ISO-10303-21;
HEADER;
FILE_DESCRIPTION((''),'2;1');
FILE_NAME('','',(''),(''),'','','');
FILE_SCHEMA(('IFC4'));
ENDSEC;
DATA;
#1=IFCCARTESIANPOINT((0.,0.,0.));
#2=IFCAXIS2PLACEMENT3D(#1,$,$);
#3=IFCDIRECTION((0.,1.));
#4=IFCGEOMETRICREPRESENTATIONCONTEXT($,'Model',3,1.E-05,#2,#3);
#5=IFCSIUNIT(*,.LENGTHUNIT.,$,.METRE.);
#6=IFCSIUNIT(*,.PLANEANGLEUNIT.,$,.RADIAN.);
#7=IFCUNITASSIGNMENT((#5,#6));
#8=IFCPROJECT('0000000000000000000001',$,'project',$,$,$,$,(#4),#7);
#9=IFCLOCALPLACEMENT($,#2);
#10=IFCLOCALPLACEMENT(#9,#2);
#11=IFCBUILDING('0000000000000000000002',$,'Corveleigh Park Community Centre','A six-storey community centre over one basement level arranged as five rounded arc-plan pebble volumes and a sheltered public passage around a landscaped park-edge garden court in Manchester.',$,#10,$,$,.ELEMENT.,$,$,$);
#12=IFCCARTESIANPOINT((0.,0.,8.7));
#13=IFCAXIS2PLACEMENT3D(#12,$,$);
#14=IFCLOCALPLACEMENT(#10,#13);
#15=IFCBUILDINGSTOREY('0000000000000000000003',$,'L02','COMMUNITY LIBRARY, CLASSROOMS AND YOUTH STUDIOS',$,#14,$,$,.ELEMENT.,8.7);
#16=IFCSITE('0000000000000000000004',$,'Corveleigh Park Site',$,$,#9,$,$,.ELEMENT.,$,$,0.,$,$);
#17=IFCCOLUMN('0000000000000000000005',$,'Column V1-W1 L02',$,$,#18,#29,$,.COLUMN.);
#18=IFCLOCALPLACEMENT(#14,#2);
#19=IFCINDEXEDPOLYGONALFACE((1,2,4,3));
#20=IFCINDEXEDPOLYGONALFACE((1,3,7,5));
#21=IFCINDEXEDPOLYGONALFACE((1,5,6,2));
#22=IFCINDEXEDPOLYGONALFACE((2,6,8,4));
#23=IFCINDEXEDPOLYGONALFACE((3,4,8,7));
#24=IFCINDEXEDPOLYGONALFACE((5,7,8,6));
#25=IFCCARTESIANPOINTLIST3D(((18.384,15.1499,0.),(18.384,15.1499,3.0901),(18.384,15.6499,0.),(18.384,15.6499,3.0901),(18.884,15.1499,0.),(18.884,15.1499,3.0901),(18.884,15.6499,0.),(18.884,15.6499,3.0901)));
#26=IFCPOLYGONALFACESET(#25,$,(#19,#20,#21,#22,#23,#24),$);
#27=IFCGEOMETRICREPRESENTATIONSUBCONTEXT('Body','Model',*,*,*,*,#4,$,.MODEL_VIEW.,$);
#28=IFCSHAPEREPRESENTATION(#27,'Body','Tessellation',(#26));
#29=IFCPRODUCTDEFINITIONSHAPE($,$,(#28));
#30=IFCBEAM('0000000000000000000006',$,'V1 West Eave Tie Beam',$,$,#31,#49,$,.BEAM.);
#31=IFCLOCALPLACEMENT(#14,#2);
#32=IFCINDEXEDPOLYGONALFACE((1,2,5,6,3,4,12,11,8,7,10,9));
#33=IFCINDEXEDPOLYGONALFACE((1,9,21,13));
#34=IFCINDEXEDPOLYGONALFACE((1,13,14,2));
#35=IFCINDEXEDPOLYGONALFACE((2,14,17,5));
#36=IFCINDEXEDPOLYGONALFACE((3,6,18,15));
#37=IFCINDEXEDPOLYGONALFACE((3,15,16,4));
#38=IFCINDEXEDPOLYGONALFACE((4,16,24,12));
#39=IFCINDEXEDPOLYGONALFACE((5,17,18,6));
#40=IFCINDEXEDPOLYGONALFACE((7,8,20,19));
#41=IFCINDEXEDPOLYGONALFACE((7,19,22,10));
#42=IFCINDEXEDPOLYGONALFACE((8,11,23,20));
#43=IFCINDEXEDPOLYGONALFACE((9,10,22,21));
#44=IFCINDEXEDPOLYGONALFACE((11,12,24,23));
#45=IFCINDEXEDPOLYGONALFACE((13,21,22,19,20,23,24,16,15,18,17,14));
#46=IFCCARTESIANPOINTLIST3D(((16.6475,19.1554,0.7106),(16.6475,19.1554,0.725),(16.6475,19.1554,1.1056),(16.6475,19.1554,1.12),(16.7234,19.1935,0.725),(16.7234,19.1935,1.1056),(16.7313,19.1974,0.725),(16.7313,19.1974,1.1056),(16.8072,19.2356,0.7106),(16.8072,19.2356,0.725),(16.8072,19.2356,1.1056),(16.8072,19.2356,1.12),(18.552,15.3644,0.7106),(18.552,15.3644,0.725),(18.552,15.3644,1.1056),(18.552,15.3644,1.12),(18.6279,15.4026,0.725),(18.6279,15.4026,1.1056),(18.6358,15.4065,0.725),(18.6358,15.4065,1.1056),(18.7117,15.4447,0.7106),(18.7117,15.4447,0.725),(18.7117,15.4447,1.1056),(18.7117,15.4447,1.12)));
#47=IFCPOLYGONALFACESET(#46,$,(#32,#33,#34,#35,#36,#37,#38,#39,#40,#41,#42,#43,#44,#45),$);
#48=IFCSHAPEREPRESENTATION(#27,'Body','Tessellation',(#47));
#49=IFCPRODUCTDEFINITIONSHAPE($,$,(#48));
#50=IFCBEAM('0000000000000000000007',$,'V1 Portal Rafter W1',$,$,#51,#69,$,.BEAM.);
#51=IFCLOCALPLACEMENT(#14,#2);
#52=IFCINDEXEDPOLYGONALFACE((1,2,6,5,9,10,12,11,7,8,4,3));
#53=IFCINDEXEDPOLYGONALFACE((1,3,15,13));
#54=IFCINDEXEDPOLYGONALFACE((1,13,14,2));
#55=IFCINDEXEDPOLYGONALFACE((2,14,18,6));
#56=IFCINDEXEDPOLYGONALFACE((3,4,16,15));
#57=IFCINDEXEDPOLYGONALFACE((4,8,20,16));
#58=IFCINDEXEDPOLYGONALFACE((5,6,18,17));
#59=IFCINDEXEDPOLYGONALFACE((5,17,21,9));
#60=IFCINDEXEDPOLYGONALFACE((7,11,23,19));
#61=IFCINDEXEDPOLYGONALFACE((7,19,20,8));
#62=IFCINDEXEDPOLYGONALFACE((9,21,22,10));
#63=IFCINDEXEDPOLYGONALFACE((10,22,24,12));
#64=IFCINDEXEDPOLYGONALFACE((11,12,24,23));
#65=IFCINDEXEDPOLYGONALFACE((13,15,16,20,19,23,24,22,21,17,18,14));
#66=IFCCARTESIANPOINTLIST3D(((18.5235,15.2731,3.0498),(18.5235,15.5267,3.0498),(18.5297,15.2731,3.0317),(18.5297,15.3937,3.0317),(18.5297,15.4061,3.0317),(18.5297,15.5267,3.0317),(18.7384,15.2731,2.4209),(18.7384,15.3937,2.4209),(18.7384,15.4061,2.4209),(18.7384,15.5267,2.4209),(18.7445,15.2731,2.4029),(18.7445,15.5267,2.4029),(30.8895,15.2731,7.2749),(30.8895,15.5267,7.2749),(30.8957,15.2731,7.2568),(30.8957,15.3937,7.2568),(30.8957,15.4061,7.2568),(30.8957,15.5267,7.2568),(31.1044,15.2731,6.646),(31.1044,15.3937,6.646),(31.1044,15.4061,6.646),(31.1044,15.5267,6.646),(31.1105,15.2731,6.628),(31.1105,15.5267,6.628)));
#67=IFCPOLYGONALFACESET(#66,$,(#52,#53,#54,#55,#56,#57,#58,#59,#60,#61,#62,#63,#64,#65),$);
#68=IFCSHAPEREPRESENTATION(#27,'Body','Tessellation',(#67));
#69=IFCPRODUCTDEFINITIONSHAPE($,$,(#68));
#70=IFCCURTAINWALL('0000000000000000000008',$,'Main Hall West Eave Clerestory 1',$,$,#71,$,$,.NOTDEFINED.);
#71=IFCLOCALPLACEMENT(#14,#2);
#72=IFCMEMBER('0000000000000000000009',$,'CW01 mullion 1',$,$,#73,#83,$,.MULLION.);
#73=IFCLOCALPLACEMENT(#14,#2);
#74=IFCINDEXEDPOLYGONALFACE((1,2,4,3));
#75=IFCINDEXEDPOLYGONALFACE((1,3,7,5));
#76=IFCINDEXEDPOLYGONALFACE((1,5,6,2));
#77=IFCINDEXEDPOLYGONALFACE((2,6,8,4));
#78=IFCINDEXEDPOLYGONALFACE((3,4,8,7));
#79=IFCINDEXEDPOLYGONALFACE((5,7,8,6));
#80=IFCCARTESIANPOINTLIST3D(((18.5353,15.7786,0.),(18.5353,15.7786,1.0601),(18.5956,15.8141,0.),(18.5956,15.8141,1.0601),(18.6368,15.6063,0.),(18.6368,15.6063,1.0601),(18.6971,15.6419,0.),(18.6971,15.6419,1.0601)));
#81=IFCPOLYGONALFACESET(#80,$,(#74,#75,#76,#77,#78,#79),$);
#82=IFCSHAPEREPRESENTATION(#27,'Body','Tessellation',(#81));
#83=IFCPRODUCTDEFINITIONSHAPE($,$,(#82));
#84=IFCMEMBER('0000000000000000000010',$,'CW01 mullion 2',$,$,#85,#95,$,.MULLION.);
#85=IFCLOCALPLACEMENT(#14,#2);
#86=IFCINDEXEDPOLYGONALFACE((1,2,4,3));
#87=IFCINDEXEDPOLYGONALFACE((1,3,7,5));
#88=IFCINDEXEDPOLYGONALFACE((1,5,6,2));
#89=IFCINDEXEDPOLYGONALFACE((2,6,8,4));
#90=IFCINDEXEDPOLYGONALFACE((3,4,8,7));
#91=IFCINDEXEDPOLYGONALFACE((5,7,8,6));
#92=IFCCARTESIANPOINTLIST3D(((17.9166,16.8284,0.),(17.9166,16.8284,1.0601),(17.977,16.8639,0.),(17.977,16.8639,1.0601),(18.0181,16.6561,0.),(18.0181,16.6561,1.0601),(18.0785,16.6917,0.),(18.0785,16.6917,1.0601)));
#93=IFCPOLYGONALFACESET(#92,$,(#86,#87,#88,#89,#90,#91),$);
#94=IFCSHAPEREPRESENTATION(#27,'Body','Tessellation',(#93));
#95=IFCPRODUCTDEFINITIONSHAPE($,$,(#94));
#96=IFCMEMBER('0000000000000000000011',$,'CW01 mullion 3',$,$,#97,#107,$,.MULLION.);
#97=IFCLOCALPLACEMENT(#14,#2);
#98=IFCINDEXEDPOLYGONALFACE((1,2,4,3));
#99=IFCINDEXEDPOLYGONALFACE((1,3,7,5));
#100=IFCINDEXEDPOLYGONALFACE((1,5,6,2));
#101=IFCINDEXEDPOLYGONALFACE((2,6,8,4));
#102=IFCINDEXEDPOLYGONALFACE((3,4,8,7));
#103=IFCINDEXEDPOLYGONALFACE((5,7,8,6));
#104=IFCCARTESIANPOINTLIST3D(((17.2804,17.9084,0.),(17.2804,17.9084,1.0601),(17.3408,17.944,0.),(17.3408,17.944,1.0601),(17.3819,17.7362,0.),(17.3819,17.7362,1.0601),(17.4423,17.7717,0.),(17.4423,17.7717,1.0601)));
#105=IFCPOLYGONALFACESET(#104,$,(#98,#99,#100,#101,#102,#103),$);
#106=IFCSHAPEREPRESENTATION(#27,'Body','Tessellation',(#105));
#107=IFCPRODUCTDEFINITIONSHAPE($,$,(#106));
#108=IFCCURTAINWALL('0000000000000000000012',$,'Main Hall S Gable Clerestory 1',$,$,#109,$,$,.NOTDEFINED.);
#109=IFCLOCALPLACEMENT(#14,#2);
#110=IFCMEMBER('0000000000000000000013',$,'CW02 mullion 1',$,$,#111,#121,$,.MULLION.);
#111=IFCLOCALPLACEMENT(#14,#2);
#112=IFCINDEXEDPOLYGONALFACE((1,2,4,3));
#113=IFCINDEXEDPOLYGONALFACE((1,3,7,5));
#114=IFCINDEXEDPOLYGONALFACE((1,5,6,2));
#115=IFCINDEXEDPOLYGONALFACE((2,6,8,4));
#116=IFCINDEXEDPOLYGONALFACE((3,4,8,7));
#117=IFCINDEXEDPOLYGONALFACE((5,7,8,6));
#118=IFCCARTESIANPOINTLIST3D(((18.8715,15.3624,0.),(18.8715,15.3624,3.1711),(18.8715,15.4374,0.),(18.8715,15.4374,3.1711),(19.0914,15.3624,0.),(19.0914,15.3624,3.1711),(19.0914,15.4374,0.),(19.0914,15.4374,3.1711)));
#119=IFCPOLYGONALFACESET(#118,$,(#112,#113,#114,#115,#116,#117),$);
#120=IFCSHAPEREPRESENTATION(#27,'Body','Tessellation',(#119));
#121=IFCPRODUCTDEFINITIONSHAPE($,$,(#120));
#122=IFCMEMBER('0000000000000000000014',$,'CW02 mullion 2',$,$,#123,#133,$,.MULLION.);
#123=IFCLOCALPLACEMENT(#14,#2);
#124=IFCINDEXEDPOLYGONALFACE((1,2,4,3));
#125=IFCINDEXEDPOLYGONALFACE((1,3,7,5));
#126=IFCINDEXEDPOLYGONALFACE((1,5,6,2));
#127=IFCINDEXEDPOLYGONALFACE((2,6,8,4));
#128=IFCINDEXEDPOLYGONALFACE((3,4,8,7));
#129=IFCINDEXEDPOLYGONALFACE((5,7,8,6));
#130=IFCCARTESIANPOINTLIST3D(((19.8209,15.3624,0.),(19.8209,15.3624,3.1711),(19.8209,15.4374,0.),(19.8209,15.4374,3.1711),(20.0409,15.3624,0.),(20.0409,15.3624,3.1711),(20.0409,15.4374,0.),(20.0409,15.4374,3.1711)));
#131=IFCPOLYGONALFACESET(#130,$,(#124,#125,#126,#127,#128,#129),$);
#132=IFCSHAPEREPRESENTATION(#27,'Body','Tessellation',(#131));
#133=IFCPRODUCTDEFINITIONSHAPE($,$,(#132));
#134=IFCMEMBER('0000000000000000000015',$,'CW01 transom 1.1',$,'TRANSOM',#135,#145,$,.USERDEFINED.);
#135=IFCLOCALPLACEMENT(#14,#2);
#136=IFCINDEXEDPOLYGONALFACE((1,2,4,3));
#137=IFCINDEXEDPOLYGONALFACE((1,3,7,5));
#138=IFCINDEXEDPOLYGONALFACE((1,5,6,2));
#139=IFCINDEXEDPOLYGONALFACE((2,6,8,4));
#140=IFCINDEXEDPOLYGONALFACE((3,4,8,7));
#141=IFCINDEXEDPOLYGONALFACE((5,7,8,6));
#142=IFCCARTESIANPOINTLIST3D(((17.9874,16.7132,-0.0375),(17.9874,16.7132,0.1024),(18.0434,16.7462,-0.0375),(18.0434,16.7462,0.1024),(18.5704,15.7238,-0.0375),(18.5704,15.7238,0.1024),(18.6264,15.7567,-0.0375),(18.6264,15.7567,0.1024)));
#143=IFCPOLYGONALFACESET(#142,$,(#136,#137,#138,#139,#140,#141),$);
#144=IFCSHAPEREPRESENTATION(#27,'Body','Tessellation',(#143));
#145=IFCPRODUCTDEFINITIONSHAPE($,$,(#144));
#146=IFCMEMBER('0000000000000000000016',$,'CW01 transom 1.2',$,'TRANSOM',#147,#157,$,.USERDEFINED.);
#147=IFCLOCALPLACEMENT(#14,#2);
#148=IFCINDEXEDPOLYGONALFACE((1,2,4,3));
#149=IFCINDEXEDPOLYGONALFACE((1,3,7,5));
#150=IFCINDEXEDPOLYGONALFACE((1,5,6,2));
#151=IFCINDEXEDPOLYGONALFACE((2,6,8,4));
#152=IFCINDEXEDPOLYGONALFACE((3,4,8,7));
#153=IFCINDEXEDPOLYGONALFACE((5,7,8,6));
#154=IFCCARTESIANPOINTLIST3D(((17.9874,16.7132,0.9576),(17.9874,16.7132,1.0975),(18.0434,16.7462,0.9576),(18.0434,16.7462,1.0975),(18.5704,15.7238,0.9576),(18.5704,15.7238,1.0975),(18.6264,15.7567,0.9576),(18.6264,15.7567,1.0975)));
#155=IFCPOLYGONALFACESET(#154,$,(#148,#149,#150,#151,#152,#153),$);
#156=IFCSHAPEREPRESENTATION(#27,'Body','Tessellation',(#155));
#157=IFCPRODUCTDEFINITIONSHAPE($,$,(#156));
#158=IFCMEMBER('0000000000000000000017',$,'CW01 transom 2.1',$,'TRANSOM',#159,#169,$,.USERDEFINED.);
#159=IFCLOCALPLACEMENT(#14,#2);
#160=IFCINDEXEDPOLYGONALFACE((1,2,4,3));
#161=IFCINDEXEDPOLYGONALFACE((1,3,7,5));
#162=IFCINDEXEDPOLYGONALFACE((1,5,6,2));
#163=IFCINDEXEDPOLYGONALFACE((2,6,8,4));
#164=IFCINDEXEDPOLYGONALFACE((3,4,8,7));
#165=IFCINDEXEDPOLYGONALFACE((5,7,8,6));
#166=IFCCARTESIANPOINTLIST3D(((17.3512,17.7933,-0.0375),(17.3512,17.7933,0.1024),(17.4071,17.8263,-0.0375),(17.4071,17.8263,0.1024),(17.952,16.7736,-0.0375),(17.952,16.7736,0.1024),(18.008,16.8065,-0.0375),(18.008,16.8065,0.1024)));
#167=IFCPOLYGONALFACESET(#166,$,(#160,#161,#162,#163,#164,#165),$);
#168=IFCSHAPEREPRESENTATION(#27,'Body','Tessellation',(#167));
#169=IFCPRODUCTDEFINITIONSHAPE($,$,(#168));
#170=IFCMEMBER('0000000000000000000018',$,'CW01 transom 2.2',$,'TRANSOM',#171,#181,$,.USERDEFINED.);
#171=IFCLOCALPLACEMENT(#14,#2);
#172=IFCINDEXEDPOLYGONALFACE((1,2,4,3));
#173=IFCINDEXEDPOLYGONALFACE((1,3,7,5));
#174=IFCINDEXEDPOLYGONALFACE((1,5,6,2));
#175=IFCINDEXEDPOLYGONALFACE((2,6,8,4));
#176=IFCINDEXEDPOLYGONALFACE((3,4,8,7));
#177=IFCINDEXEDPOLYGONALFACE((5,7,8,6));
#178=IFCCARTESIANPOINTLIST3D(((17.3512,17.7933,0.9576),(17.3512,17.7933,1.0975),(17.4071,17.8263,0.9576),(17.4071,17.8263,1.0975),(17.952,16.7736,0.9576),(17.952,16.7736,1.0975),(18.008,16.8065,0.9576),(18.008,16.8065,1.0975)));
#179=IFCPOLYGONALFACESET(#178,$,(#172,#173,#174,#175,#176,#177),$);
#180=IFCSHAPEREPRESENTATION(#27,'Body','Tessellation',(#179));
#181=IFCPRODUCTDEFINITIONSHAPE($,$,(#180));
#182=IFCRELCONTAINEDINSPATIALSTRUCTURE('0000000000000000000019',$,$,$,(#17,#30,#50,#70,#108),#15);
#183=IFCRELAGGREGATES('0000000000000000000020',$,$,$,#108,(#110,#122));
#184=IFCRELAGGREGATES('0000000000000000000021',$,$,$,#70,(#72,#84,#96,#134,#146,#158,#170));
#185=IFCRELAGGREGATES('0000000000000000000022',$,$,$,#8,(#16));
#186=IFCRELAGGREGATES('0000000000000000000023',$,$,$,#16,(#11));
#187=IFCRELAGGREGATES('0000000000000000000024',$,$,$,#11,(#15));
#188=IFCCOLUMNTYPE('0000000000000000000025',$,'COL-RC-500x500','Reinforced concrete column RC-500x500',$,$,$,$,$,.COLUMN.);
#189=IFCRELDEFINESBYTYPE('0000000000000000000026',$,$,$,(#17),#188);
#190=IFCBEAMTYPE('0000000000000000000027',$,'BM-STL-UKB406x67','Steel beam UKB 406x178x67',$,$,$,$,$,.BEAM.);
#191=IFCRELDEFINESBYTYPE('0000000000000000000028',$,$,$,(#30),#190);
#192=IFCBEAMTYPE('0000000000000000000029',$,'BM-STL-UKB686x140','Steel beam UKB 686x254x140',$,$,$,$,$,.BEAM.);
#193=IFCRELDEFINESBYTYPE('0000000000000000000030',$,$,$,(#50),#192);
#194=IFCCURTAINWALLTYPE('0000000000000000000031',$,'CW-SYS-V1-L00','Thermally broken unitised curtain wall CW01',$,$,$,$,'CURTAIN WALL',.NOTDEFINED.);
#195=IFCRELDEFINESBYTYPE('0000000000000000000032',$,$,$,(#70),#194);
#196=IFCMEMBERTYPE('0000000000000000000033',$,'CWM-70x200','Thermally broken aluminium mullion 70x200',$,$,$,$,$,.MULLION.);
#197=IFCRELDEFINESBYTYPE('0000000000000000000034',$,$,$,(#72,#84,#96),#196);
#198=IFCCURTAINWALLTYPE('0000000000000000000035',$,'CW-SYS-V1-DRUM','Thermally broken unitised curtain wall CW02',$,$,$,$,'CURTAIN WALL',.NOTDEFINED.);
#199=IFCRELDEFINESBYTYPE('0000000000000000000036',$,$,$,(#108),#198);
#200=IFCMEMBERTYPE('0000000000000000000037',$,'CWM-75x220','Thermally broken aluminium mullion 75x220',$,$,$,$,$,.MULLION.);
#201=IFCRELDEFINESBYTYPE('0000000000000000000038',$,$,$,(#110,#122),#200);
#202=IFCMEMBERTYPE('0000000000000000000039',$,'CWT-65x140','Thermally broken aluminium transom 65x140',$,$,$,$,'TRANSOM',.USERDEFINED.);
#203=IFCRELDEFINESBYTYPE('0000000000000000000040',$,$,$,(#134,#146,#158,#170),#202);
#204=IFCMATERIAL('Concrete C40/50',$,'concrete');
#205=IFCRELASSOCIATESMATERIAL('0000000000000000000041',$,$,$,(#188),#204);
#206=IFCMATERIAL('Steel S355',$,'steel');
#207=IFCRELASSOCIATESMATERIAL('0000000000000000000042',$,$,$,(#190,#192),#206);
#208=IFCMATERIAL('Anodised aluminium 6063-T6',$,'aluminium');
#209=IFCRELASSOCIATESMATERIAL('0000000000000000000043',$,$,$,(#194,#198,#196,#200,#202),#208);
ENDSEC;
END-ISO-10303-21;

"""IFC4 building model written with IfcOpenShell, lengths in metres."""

from ifc_helpers import new_model, si_unit, direction, frame, origin, origin_2d, place, context, subcontext, project, spatial, rectangle, i_section, extrude, material, material_profile, profile_set, type_object, element, aggregate, save


model = new_model("IFC4")

# Units and contexts
model_context = context("Model", 3, precision=1e-05, world=origin(), true_north=direction((0.0, 1.0)))
body_context = subcontext(model_context, "Body", "Model", "MODEL_VIEW")
ifc_project = project(units=[si_unit("LENGTHUNIT", "METRE"), si_unit("PLANEANGLEUNIT", "RADIAN")], contexts=[model_context])

# Site, building, storey
site_placement = place(None, origin())
site = spatial("IfcSite", under=ifc_project, at=site_placement, Name="Corveleigh Park Site", CompositionType="ELEMENT", RefElevation=0.0)
building_placement = place(site_placement, origin())
building = spatial("IfcBuilding", under=site, at=building_placement, Name="Corveleigh Park Community Centre", Description="A six-storey community centre over one basement level arranged as five rounded arc-plan pebble volumes and a sheltered public passage around a landscaped park-edge garden court in Manchester.", CompositionType="ELEMENT")
storey_placement = place(building_placement, frame((0.0, 0.0, 8.7)))
storey = spatial("IfcBuildingStorey", under=building, at=storey_placement, Name="L02", Description="COMMUNITY LIBRARY, CLASSROOMS AND YOUTH STUDIOS", CompositionType="ELEMENT", Elevation=8.7)

# Column
ifc_material_1 = material(Name="Concrete C40/50", Category="concrete")
ifc_material_profile_1 = material_profile(ifc_material_1, rectangle(XDim=0.5, YDim=0.5, at=origin_2d()), Name="RC-500x500", Category="concrete")
ifc_profile_set_1 = profile_set([ifc_material_profile_1], Name="Concrete C40/50")
column_type = type_object("IfcColumnType", Name="COL-RC-500x500", Description="Reinforced concrete column RC-500x500", PredefinedType="COLUMN", material=ifc_profile_set_1)
column_placement = place(storey_placement, frame((18.634, 15.3999, 0.0), z_axis=(0.0, 0.0, 1.0), x_axis=(1.0, 0.0, 0.0)))
element("IfcColumn", 1, at=column_placement, inside=storey, type_object=column_type, Name="Column V1-W1 L02", PredefinedType="COLUMN", context=body_context, shape_type="SweptSolid", body=[
    extrude(rectangle(XDim=0.5, YDim=0.5, at=origin_2d()), origin(), (0.0, 0.0, 1.0), 3.0901),
])

# Beams
ifc_material_2 = material(Name="Steel S355", Category="steel")
ifc_material_profile_2 = material_profile(ifc_material_2, i_section(OverallWidth=0.1787, OverallDepth=0.4094, WebThickness=0.0088, FlangeThickness=0.0144, at=origin_2d()), Name="UKB 406x178x67", Category="steel")
ifc_profile_set_2 = profile_set([ifc_material_profile_2], Name="Steel S355")
beam_type_1 = type_object("IfcBeamType", Name="BM-STL-UKB406x67", Description="Steel beam UKB 406x178x67", PredefinedType="BEAM", material=ifc_profile_set_2)
beam_1_placement = place(storey_placement, frame((18.6318, 15.4045, 0.9153), z_axis=(-0.448916, 0.893574, 0.0), x_axis=(-0.893574, -0.448916, 0.0)))
element("IfcBeam", 2, at=beam_1_placement, inside=storey, type_object=beam_type_1, Name="V1 West Eave Tie Beam", PredefinedType="BEAM", context=body_context, shape_type="SweptSolid", body=[
    extrude(i_section(OverallWidth=0.1787, OverallDepth=0.4094, WebThickness=0.0088, FlangeThickness=0.0144, at=origin_2d()), origin(), (0.0, 0.0, 1.0), 4.2424),
])
ifc_material_profile_3 = material_profile(ifc_material_2, i_section(OverallWidth=0.2537, OverallDepth=0.6836, WebThickness=0.0125, FlangeThickness=0.019, at=origin_2d()), Name="UKB 686x254x140", Category="steel")
ifc_profile_set_3 = profile_set([ifc_material_profile_3], Name="Steel S355")
beam_type_2 = type_object("IfcBeamType", Name="BM-STL-UKB686x140", Description="Steel beam UKB 686x254x140", PredefinedType="BEAM", material=ifc_profile_set_3)
beam_2_placement = place(storey_placement, frame((18.634, 15.3999, 2.7263), z_axis=(0.94629, 0.0, 0.32332), x_axis=(0.0, 1.0, 0.0)))
element("IfcBeam", 3, at=beam_2_placement, inside=storey, type_object=beam_type_2, Name="V1 Portal Rafter W1", PredefinedType="BEAM", context=body_context, shape_type="SweptSolid", body=[
    extrude(i_section(OverallWidth=0.2537, OverallDepth=0.6836, WebThickness=0.0125, FlangeThickness=0.019, at=origin_2d()), origin(), (0.0, 0.0, 1.0), 13.0679),
])

# Curtain walls, members
ifc_material_3 = material(Name="Anodised aluminium 6063-T6", Category="aluminium")
curtain_wall_type_1 = type_object("IfcCurtainWallType", Name="CW-SYS-V1-L00", Description="Thermally broken unitised curtain wall CW01", ElementType="CURTAIN WALL", PredefinedType="NOTDEFINED", material=ifc_material_3)
curtain_wall_1_placement = place(storey_placement, origin())
curtain_wall_1 = element("IfcCurtainWall", 4, at=curtain_wall_1_placement, inside=storey, type_object=curtain_wall_type_1, Name="Main Hall West Eave Clerestory 1", PredefinedType="NOTDEFINED")
ifc_material_profile_4 = material_profile(ifc_material_3, rectangle(XDim=0.0701, YDim=0.2, at=origin_2d()), Name="ALU-M70x200", Category="aluminium")
ifc_profile_set_4 = profile_set([ifc_material_profile_4], Name="Anodised aluminium 6063-T6")
member_type_1 = type_object("IfcMemberType", Name="CWM-70x200", Description="Thermally broken aluminium mullion 70x200", PredefinedType="MULLION", material=ifc_profile_set_4)
member_1_placement = place(storey_placement, frame((18.6162, 15.7102, 0.0), z_axis=(0.0, 0.0, 1.0), x_axis=(-0.861572, -0.507636, 0.0)))
member_1 = element("IfcMember", 5, at=member_1_placement, type_object=member_type_1, Name="CW01 mullion 1", PredefinedType="MULLION", context=body_context, shape_type="SweptSolid", body=[
    extrude(rectangle(XDim=0.0701, YDim=0.2, at=origin_2d()), origin(), (0.0, 0.0, 1.0), 1.0601),
])
member_2_placement = place(storey_placement, frame((17.9976, 16.76, 0.0), z_axis=(0.0, 0.0, 1.0), x_axis=(-0.861572, -0.507636, 0.0)))
member_2 = element("IfcMember", 6, at=member_2_placement, type_object=member_type_1, Name="CW01 mullion 2", PredefinedType="MULLION", context=body_context, shape_type="SweptSolid", body=[
    extrude(rectangle(XDim=0.0701, YDim=0.2, at=origin_2d()), origin(), (0.0, 0.0, 1.0), 1.0601),
])
member_3_placement = place(storey_placement, frame((17.3613, 17.8401, 0.0), z_axis=(0.0, 0.0, 1.0), x_axis=(-0.861572, -0.507636, 0.0)))
member_3 = element("IfcMember", 7, at=member_3_placement, type_object=member_type_1, Name="CW01 mullion 3", PredefinedType="MULLION", context=body_context, shape_type="SweptSolid", body=[
    extrude(rectangle(XDim=0.0701, YDim=0.2, at=origin_2d()), origin(), (0.0, 0.0, 1.0), 1.0601),
])
curtain_wall_type_2 = type_object("IfcCurtainWallType", Name="CW-SYS-V1-DRUM", Description="Thermally broken unitised curtain wall CW02", ElementType="CURTAIN WALL", PredefinedType="NOTDEFINED", material=ifc_material_3)
curtain_wall_2_placement = place(storey_placement, origin())
curtain_wall_2 = element("IfcCurtainWall", 8, at=curtain_wall_2_placement, inside=storey, type_object=curtain_wall_type_2, Name="Main Hall S Gable Clerestory 1", PredefinedType="NOTDEFINED")
ifc_material_profile_5 = material_profile(ifc_material_3, rectangle(XDim=0.075, YDim=0.22, at=origin_2d()), Name="ALU-M75x220", Category="aluminium")
ifc_profile_set_5 = profile_set([ifc_material_profile_5], Name="Anodised aluminium 6063-T6")
member_type_2 = type_object("IfcMemberType", Name="CWM-75x220", Description="Thermally broken aluminium mullion 75x220", PredefinedType="MULLION", material=ifc_profile_set_5)
member_4_placement = place(storey_placement, frame((18.9814, 15.3999, 0.0), z_axis=(0.0, 0.0, 1.0), x_axis=(0.0, 1.0, 0.0)))
member_4 = element("IfcMember", 9, at=member_4_placement, type_object=member_type_2, Name="CW02 mullion 1", PredefinedType="MULLION", context=body_context, shape_type="SweptSolid", body=[
    extrude(rectangle(XDim=0.075, YDim=0.22, at=origin_2d()), origin(), (0.0, 0.0, 1.0), 3.1711),
])
member_5_placement = place(storey_placement, frame((19.9309, 15.3999, 0.0), z_axis=(0.0, 0.0, 1.0), x_axis=(0.0, 1.0, 0.0)))
member_5 = element("IfcMember", 10, at=member_5_placement, type_object=member_type_2, Name="CW02 mullion 2", PredefinedType="MULLION", context=body_context, shape_type="SweptSolid", body=[
    extrude(rectangle(XDim=0.075, YDim=0.22, at=origin_2d()), origin(), (0.0, 0.0, 1.0), 3.1711),
])

# Members
ifc_material_profile_6 = material_profile(ifc_material_3, rectangle(XDim=0.0649, YDim=0.1399, at=origin_2d()), Name="ALU-T65x140", Category="aluminium")
ifc_profile_set_6 = profile_set([ifc_material_profile_6], Name="Anodised aluminium 6063-T6")
member_type_3 = type_object("IfcMemberType", Name="CWT-65x140", Description="Thermally broken aluminium transom 65x140", ElementType="TRANSOM", PredefinedType="USERDEFINED", material=ifc_profile_set_6)
member_6_placement = place(storey_placement, frame((18.5984, 15.7402, 0.0325), z_axis=(-0.507633, 0.861573, 0.0), x_axis=(-0.861573, -0.507633, 0.0)))
member_6 = element("IfcMember", 11, at=member_6_placement, type_object=member_type_3, Name="CW01 transom 1.1", ObjectType="TRANSOM", PredefinedType="USERDEFINED", context=body_context, shape_type="SweptSolid", body=[
    extrude(rectangle(XDim=0.0649, YDim=0.1399, at=origin_2d()), origin(), (0.0, 0.0, 1.0), 1.1484),
])
member_7_placement = place(storey_placement, frame((18.5984, 15.7402, 1.0276), z_axis=(-0.507633, 0.861573, 0.0), x_axis=(-0.861573, -0.507633, 0.0)))
member_7 = element("IfcMember", 12, at=member_7_placement, type_object=member_type_3, Name="CW01 transom 1.2", ObjectType="TRANSOM", PredefinedType="USERDEFINED", context=body_context, shape_type="SweptSolid", body=[
    extrude(rectangle(XDim=0.0649, YDim=0.1399, at=origin_2d()), origin(), (0.0, 0.0, 1.0), 1.1484),
])
member_8_placement = place(storey_placement, frame((17.98, 16.79, 0.0325), z_axis=(-0.507624, 0.861579, 0.0), x_axis=(-0.861579, -0.507624, 0.0)))
member_8 = element("IfcMember", 13, at=member_8_placement, type_object=member_type_3, Name="CW01 transom 2.1", ObjectType="TRANSOM", PredefinedType="USERDEFINED", context=body_context, shape_type="SweptSolid", body=[
    extrude(rectangle(XDim=0.0649, YDim=0.1399, at=origin_2d()), origin(), (0.0, 0.0, 1.0), 1.1836),
])
member_9_placement = place(storey_placement, frame((17.98, 16.79, 1.0276), z_axis=(-0.507624, 0.861579, 0.0), x_axis=(-0.861579, -0.507624, 0.0)))
member_9 = element("IfcMember", 14, at=member_9_placement, type_object=member_type_3, Name="CW01 transom 2.2", ObjectType="TRANSOM", PredefinedType="USERDEFINED", context=body_context, shape_type="SweptSolid", body=[
    extrude(rectangle(XDim=0.0649, YDim=0.1399, at=origin_2d()), origin(), (0.0, 0.0, 1.0), 1.1836),
])

aggregate(curtain_wall_2, [member_4, member_5])
aggregate(curtain_wall_1, [member_1, member_2, member_3, member_6, member_7, member_8, member_9])

save(model, "model.ifc")
